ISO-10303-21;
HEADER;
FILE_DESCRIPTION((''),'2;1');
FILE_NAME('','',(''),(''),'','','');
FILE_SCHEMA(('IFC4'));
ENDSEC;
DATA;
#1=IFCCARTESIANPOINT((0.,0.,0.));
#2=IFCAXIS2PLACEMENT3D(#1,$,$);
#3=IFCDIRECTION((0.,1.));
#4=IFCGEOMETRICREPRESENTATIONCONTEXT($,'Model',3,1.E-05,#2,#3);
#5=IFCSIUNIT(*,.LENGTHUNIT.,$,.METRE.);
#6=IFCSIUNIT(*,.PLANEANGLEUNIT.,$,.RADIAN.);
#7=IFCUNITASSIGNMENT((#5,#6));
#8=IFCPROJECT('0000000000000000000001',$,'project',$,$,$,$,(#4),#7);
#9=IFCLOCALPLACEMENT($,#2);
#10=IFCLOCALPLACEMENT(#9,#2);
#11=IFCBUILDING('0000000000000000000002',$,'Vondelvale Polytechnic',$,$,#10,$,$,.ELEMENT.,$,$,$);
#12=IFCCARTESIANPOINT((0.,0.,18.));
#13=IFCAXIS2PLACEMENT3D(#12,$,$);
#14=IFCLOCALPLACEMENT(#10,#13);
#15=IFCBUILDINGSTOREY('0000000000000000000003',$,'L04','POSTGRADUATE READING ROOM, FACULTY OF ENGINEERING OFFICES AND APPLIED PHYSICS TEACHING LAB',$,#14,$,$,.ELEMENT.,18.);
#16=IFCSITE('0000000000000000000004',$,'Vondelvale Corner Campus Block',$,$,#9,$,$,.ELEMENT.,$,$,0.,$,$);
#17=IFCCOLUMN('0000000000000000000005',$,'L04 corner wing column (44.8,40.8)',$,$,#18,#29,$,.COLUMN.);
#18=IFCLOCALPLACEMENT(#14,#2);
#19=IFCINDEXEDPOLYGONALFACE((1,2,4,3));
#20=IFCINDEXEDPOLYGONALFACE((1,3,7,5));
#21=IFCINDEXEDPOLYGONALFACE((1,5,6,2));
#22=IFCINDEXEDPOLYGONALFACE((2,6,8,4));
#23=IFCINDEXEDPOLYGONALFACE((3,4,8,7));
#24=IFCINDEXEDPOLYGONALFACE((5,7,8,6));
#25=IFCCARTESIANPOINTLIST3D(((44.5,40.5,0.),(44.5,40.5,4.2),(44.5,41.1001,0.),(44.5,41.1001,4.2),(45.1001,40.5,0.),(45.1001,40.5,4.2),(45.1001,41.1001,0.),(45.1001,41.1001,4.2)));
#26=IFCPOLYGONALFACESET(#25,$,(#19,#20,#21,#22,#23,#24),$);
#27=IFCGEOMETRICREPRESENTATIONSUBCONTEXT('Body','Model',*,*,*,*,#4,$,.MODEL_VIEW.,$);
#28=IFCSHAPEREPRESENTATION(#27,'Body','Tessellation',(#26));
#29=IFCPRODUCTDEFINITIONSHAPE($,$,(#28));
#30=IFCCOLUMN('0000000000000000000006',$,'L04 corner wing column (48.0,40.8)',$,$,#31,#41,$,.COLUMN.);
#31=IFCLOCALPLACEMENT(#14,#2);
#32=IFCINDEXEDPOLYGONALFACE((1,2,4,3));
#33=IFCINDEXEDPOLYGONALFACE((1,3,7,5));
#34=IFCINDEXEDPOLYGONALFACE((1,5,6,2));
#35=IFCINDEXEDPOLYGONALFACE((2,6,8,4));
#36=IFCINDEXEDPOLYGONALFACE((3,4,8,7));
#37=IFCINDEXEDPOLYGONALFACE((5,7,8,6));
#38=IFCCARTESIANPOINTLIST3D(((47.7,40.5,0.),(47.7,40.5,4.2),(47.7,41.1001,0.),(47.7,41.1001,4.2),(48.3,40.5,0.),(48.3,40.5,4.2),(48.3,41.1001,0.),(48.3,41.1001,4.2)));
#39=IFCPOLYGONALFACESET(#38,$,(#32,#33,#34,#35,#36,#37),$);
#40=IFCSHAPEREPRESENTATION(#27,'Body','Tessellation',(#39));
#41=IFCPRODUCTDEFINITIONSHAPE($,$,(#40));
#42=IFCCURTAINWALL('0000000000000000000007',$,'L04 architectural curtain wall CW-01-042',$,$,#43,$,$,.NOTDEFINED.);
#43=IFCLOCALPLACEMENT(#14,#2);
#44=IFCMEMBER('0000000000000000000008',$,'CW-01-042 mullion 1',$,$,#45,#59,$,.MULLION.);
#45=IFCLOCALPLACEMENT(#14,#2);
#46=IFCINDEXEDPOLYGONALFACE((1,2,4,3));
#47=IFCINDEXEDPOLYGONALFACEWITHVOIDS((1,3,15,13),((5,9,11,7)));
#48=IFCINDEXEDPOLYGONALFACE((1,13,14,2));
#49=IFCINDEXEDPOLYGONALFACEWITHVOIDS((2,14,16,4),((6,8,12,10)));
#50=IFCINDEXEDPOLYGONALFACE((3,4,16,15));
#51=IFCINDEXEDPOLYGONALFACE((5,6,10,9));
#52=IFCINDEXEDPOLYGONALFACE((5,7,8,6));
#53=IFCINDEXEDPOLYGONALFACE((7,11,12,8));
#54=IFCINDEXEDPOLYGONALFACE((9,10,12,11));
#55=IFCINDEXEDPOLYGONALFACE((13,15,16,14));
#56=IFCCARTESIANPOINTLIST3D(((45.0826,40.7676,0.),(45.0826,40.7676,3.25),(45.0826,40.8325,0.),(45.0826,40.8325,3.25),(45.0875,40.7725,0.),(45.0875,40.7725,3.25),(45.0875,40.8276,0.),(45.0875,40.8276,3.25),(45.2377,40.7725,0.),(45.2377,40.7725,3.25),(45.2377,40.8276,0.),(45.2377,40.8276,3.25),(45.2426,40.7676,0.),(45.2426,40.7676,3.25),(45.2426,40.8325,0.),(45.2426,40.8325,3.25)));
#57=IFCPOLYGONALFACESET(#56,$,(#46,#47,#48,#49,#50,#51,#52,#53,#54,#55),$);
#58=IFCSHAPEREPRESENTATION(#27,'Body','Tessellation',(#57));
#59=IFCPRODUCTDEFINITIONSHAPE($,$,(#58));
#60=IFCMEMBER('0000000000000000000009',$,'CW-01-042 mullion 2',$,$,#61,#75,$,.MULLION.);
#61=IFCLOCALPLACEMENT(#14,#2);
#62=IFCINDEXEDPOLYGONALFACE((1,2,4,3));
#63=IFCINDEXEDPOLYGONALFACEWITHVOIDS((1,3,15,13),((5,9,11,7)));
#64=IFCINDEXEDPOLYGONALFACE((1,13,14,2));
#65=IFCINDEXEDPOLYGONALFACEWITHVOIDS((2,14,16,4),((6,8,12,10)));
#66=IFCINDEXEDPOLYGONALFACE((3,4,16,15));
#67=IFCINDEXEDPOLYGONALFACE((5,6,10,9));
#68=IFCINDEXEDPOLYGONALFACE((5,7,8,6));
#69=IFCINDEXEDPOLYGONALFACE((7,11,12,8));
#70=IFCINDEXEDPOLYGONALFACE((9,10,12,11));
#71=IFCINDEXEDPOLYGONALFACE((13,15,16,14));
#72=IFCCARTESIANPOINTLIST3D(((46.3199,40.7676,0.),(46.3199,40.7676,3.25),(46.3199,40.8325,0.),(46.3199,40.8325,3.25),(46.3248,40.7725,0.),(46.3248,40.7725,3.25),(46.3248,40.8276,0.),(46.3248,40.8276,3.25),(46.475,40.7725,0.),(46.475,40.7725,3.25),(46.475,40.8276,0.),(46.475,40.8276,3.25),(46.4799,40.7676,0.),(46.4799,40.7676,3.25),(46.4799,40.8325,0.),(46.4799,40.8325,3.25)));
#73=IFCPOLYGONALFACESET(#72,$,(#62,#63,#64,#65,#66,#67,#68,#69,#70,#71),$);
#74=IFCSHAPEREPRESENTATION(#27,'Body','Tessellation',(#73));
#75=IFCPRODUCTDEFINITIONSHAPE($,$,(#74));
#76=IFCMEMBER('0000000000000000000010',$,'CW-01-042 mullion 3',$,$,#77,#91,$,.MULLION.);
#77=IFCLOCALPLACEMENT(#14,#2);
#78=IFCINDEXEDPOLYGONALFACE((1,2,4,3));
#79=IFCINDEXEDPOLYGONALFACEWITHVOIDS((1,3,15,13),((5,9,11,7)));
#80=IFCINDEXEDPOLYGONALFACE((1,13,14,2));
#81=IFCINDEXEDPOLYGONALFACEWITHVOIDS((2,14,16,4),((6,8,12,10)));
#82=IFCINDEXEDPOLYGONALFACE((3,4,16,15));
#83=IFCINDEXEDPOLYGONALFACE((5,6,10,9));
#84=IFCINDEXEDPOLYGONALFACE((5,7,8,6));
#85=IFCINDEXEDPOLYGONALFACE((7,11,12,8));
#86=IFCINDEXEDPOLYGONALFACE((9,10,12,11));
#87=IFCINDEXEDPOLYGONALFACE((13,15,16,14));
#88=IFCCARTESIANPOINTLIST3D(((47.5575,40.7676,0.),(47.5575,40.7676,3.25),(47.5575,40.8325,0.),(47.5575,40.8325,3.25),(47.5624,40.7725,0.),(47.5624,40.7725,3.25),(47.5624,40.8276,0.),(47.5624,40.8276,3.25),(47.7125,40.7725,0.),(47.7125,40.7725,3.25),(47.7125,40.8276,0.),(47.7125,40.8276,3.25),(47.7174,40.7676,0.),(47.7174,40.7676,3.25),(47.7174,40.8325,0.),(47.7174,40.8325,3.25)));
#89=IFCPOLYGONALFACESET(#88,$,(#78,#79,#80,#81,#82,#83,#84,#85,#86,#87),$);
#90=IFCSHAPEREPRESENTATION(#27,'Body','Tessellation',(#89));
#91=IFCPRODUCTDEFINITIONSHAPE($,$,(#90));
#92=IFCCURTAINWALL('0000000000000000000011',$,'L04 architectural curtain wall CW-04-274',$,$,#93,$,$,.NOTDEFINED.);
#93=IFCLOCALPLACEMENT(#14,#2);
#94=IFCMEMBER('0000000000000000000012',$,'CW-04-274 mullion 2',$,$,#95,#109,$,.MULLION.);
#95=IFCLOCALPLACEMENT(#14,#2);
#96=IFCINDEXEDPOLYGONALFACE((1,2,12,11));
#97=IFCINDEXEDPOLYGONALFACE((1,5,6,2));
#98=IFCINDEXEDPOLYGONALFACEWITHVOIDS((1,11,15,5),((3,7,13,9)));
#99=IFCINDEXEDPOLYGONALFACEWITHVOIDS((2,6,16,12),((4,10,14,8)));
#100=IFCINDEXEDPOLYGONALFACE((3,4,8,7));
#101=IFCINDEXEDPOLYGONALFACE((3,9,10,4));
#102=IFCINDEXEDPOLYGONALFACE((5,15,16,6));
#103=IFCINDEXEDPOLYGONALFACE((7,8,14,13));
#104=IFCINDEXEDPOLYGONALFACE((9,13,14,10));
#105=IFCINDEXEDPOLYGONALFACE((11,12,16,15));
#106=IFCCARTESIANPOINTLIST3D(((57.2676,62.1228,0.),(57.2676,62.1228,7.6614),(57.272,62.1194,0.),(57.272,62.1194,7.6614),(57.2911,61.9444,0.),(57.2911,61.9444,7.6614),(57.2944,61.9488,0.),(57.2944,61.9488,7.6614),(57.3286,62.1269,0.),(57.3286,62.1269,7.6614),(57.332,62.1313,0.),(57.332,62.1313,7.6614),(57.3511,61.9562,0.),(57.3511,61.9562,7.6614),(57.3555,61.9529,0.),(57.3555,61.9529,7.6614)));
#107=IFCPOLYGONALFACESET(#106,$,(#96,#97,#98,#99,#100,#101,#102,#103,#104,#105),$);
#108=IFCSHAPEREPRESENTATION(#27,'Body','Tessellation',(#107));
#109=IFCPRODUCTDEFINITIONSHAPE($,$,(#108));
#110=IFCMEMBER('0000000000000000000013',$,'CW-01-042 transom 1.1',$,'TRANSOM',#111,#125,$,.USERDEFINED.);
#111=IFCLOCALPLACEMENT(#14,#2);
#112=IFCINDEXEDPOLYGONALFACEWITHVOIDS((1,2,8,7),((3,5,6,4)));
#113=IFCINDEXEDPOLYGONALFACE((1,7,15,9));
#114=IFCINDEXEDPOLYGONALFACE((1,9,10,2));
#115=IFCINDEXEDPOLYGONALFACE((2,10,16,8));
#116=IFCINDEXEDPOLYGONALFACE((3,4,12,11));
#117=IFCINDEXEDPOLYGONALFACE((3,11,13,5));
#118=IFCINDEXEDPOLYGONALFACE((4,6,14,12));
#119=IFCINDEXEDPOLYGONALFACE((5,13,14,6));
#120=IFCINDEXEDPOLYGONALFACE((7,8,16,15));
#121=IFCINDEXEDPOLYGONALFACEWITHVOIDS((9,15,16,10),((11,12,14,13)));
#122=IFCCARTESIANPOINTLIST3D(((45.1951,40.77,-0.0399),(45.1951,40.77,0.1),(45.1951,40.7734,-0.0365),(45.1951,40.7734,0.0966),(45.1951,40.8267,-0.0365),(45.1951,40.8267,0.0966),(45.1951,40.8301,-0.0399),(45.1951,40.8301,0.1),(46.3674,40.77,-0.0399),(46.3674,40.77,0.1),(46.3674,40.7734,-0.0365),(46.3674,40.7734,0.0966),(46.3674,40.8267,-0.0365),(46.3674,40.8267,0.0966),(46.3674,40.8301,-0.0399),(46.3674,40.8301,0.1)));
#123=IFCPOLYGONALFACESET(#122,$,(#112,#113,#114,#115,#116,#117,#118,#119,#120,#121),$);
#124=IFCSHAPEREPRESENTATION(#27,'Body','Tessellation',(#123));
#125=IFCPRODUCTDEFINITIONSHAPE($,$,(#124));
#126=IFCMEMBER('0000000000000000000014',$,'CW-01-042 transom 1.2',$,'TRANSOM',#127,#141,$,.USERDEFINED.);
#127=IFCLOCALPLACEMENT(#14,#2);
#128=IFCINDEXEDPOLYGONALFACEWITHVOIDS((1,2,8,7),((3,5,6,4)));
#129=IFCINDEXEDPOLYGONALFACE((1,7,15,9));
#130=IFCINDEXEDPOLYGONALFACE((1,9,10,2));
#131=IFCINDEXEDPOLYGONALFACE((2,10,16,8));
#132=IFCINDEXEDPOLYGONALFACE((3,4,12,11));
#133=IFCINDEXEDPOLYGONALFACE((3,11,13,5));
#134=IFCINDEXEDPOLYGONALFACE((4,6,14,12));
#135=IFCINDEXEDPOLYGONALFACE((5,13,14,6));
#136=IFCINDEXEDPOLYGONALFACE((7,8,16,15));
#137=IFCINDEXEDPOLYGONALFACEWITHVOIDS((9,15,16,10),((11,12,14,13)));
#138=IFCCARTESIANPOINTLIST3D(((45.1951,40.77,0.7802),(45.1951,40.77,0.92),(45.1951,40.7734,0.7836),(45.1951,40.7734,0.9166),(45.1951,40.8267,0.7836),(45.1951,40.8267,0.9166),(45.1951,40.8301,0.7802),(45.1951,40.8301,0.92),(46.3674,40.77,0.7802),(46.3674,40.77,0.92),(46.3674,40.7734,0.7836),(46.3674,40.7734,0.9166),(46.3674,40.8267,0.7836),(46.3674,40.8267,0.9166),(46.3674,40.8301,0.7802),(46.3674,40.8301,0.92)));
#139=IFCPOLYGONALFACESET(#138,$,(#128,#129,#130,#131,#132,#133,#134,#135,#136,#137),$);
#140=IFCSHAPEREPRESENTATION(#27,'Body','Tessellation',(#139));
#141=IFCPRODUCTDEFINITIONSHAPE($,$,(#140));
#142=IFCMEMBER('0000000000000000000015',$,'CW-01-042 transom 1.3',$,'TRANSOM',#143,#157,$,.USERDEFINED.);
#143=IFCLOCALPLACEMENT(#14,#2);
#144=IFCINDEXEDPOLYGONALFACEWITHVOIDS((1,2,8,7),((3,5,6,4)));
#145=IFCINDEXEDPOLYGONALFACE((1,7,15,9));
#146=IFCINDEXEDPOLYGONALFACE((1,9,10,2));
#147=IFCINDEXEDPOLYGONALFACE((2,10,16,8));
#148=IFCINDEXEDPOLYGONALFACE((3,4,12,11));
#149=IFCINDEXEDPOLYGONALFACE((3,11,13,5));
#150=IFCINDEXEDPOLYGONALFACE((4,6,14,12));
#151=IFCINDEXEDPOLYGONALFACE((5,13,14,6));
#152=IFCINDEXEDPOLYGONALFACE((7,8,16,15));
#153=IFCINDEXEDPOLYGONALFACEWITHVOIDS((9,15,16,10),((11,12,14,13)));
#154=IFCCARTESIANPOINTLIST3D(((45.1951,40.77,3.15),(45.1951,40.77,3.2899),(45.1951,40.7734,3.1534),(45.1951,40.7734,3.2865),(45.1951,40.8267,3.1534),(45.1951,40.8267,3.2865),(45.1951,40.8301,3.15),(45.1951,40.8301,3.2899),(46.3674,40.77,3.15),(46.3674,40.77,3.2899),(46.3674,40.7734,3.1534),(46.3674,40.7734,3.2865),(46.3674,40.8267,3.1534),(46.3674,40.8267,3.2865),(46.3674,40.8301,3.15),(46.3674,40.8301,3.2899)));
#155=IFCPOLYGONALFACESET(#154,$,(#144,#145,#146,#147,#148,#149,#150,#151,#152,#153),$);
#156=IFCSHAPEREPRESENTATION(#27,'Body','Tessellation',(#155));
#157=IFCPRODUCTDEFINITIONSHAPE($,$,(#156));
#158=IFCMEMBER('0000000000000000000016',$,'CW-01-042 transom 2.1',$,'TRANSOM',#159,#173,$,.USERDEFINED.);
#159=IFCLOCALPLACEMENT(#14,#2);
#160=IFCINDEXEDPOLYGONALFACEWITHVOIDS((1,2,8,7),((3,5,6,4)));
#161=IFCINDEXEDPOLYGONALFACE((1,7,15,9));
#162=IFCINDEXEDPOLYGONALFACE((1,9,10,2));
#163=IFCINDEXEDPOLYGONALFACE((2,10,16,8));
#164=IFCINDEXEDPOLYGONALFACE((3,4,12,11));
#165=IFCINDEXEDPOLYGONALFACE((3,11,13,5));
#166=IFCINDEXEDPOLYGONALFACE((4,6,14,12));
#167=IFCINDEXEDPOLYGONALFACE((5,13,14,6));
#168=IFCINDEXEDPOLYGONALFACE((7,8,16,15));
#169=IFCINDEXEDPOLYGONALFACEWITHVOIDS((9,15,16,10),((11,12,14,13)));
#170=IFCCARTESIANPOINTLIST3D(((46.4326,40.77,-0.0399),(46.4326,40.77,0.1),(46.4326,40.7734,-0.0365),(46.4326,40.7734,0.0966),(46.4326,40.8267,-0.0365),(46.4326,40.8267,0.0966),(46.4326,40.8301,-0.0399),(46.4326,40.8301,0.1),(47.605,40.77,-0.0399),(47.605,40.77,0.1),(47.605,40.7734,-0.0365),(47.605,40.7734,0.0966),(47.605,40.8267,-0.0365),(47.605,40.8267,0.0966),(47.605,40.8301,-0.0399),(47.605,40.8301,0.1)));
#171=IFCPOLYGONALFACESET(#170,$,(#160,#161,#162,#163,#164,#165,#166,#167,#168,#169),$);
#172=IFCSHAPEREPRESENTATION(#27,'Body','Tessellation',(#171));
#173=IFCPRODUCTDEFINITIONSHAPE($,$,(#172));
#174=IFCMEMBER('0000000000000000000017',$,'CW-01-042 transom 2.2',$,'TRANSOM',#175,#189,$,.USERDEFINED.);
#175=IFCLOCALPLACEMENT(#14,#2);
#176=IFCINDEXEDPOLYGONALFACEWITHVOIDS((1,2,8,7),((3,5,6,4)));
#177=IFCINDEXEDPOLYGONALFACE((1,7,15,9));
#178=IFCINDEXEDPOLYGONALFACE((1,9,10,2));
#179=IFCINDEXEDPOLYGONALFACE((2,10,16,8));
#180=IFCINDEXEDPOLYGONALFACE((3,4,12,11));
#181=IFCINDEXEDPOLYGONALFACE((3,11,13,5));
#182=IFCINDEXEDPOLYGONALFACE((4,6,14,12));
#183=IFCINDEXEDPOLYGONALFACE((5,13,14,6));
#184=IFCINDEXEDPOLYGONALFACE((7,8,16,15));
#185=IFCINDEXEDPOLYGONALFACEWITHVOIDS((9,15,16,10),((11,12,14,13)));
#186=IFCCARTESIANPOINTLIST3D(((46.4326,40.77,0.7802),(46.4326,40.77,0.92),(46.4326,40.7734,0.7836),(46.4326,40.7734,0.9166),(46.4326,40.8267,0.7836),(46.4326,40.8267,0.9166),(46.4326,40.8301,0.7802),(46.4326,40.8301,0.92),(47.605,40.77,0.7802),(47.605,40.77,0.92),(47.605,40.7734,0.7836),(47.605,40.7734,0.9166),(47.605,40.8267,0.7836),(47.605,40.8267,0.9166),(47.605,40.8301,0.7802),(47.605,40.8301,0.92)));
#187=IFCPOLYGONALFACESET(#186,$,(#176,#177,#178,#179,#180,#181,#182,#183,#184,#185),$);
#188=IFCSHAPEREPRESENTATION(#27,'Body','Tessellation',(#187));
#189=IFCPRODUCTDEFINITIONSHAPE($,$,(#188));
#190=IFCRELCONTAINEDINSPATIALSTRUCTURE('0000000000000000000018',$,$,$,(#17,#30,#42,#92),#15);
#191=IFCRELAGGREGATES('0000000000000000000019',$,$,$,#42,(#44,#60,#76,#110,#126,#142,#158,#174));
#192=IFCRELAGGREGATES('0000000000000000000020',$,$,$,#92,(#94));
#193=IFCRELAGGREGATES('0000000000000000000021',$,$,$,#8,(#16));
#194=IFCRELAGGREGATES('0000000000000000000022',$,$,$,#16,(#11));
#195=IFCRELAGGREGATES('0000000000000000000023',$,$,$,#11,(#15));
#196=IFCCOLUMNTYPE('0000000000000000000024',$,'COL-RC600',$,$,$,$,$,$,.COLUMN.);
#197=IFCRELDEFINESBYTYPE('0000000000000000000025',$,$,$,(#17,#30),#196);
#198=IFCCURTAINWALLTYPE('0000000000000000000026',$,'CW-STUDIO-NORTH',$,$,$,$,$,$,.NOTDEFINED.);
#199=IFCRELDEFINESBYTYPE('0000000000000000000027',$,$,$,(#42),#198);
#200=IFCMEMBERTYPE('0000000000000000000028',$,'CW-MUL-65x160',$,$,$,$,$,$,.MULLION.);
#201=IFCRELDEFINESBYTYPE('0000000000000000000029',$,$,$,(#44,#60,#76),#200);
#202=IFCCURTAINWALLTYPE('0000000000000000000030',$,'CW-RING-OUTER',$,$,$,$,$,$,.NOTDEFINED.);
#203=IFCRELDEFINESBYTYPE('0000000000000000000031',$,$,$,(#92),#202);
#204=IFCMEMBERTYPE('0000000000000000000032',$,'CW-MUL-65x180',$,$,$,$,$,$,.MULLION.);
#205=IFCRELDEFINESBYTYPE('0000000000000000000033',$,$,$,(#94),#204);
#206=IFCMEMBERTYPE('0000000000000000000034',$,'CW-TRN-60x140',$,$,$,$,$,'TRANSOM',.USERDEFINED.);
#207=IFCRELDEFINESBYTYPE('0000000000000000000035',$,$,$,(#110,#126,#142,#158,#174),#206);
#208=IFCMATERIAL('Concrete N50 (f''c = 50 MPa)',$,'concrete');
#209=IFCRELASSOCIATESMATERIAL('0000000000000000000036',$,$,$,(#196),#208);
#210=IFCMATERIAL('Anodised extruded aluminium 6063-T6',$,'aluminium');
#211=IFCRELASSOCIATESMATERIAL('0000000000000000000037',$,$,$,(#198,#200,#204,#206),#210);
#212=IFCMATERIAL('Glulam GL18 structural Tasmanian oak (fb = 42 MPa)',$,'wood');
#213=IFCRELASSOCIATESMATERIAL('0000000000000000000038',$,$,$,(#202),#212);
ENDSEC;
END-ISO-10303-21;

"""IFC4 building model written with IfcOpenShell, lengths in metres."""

from ifc_helpers import new_model, si_unit, direction, frame, origin, origin_2d, place, context, subcontext, project, spatial, rectangle, hollow_rectangle, extrude, material, material_profile, profile_set, type_object, element, aggregate, save


model = new_model("IFC4")

# Units and contexts
model_context = context("Model", 3, precision=1e-05, world=origin(), true_north=direction((0.0, 1.0)))
body_context = subcontext(model_context, "Body", "Model", "MODEL_VIEW")
ifc_project = project(units=[si_unit("LENGTHUNIT", "METRE"), si_unit("PLANEANGLEUNIT", "RADIAN")], contexts=[model_context])

# Site, building, storey
site_placement = place(None, origin())
site = spatial("IfcSite", under=ifc_project, at=site_placement, Name="Vondelvale Corner Campus Block", CompositionType="ELEMENT", RefElevation=0.0)
building_placement = place(site_placement, origin())
building = spatial("IfcBuilding", under=site, at=building_placement, Name="Vondelvale Polytechnic", CompositionType="ELEMENT")
storey_placement = place(building_placement, frame((0.0, 0.0, 18.0)))
storey = spatial("IfcBuildingStorey", under=building, at=storey_placement, Name="L04", Description="POSTGRADUATE READING ROOM, FACULTY OF ENGINEERING OFFICES AND APPLIED PHYSICS TEACHING LAB", CompositionType="ELEMENT", Elevation=18.0)

# Columns
ifc_material_1 = material(Name="Concrete N50 (f'c = 50 MPa)", Category="concrete")
ifc_material_profile_1 = material_profile(ifc_material_1, rectangle(XDim=0.6001, YDim=0.6001, at=origin_2d()), Name="RC-COL-600x600")
ifc_profile_set_1 = profile_set([ifc_material_profile_1], Name="Concrete N50 (f'c = 50 MPa)")
column_type = type_object("IfcColumnType", Name="COL-RC600", PredefinedType="COLUMN", material=ifc_profile_set_1)
for number, where, z_axis, x_axis, name in (
    (1, (44.8, 40.8, 0.0), (0.0, 0.0, 1.0), (1.0, 0.0, 0.0), "L04 corner wing column (44.8,40.8)"),
    (2, (48.0, 40.8, 0.0), (0.0, 0.0, 1.0), (1.0, 0.0, 0.0), "L04 corner wing column (48.0,40.8)"),
):
    element("IfcColumn", number, at=place(storey_placement, frame(where, z_axis=z_axis, x_axis=x_axis)), inside=storey, type_object=column_type, Name=name, PredefinedType="COLUMN", context=body_context, shape_type="SweptSolid", body=[
        extrude(rectangle(XDim=0.6001, YDim=0.6001, at=origin_2d()), origin(), (0.0, 0.0, 1.0), 4.2),
    ])

# Curtain wall, members
ifc_material_2 = material(Name="Anodised extruded aluminium 6063-T6", Category="aluminium")
curtain_wall_type_1 = type_object("IfcCurtainWallType", Name="CW-STUDIO-NORTH", PredefinedType="NOTDEFINED", material=ifc_material_2)
curtain_wall_1_placement = place(storey_placement, origin())
curtain_wall_1 = element("IfcCurtainWall", 3, at=curtain_wall_1_placement, inside=storey, type_object=curtain_wall_type_1, Name="L04 architectural curtain wall CW-01-042", PredefinedType="NOTDEFINED")
ifc_material_profile_2 = material_profile(ifc_material_2, hollow_rectangle(XDim=0.0649, YDim=0.1599, WallThickness=0.0049, at=origin_2d()), Name="CW-MUL-160x65")
ifc_profile_set_2 = profile_set([ifc_material_profile_2], Name="Anodised extruded aluminium 6063-T6")
member_type_1 = type_object("IfcMemberType", Name="CW-MUL-65x160", PredefinedType="MULLION", material=ifc_profile_set_2)
member_1_placement = place(storey_placement, frame((45.1626, 40.8, 0.0), z_axis=(0.0, 0.0, 1.0), x_axis=(0.0, 1.0, 0.0)))
member_1 = element("IfcMember", 4, at=member_1_placement, type_object=member_type_1, Name="CW-01-042 mullion 1", PredefinedType="MULLION", context=body_context, shape_type="SweptSolid", body=[
    extrude(hollow_rectangle(XDim=0.0649, YDim=0.1599, WallThickness=0.0049, at=origin_2d()), origin(), (0.0, 0.0, 1.0), 3.25),
])
member_2_placement = place(storey_placement, frame((46.3999, 40.8, 0.0), z_axis=(0.0, 0.0, 1.0), x_axis=(0.0, 1.0, 0.0)))
member_2 = element("IfcMember", 5, at=member_2_placement, type_object=member_type_1, Name="CW-01-042 mullion 2", PredefinedType="MULLION", context=body_context, shape_type="SweptSolid", body=[
    extrude(hollow_rectangle(XDim=0.0649, YDim=0.1599, WallThickness=0.0049, at=origin_2d()), origin(), (0.0, 0.0, 1.0), 3.25),
])
member_3_placement = place(storey_placement, frame((47.6375, 40.8, 0.0), z_axis=(0.0, 0.0, 1.0), x_axis=(0.0, 1.0, 0.0)))
member_3 = element("IfcMember", 6, at=member_3_placement, type_object=member_type_1, Name="CW-01-042 mullion 3", PredefinedType="MULLION", context=body_context, shape_type="SweptSolid", body=[
    extrude(hollow_rectangle(XDim=0.0649, YDim=0.1599, WallThickness=0.0049, at=origin_2d()), origin(), (0.0, 0.0, 1.0), 3.25),
])

# Curtain wall, member
ifc_material_3 = material(Name="Glulam GL18 structural Tasmanian oak (fb = 42 MPa)", Category="wood")
curtain_wall_type_2 = type_object("IfcCurtainWallType", Name="CW-RING-OUTER", PredefinedType="NOTDEFINED", material=ifc_material_3)
curtain_wall_2_placement = place(storey_placement, origin())
curtain_wall_2 = element("IfcCurtainWall", 7, at=curtain_wall_2_placement, inside=storey, type_object=curtain_wall_type_2, Name="L04 architectural curtain wall CW-04-274", PredefinedType="NOTDEFINED")
ifc_material_profile_3 = material_profile(ifc_material_2, hollow_rectangle(XDim=0.0649, YDim=0.1799, WallThickness=0.0039, at=origin_2d()), Name="CW-MUL-180x65")
ifc_profile_set_3 = profile_set([ifc_material_profile_3], Name="Anodised extruded aluminium 6063-T6")
member_type_2 = type_object("IfcMemberType", Name="CW-MUL-65x180", PredefinedType="MULLION", material=ifc_profile_set_3)
member_4_placement = place(storey_placement, frame((57.3115, 62.0378, 0.0), z_axis=(0.0, 0.0, 1.0), x_axis=(0.991443, 0.13054, 0.0)))
member_4 = element("IfcMember", 8, at=member_4_placement, type_object=member_type_2, Name="CW-04-274 mullion 2", PredefinedType="MULLION", context=body_context, shape_type="SweptSolid", body=[
    extrude(hollow_rectangle(XDim=0.0649, YDim=0.1799, WallThickness=0.0039, at=origin_2d()), origin(), (0.0, 0.0, 1.0), 7.6614),
])

# Members
ifc_material_profile_4 = material_profile(ifc_material_2, hollow_rectangle(XDim=0.0601, YDim=0.1399, WallThickness=0.0034, at=origin_2d()), Name="CW-TRN-140x60")
ifc_profile_set_4 = profile_set([ifc_material_profile_4], Name="Anodised extruded aluminium 6063-T6")
member_type_3 = type_object("IfcMemberType", Name="CW-TRN-60x140", ElementType="TRANSOM", PredefinedType="USERDEFINED", material=ifc_profile_set_4)
member_5_placement = place(storey_placement, frame((45.1951, 40.8, 0.03), z_axis=(1.0, 0.0, 0.0), x_axis=(0.0, 1.0, 0.0)))
member_5 = element("IfcMember", 9, at=member_5_placement, type_object=member_type_3, Name="CW-01-042 transom 1.1", ObjectType="TRANSOM", PredefinedType="USERDEFINED", context=body_context, shape_type="SweptSolid", body=[
    extrude(hollow_rectangle(XDim=0.0601, YDim=0.1399, WallThickness=0.0034, at=origin_2d()), origin(), (0.0, 0.0, 1.0), 1.1724),
])
member_6_placement = place(storey_placement, frame((45.1951, 40.8, 0.8501), z_axis=(1.0, 0.0, 0.0), x_axis=(0.0, 1.0, 0.0)))
member_6 = element("IfcMember", 10, at=member_6_placement, type_object=member_type_3, Name="CW-01-042 transom 1.2", ObjectType="TRANSOM", PredefinedType="USERDEFINED", context=body_context, shape_type="SweptSolid", body=[
    extrude(hollow_rectangle(XDim=0.0601, YDim=0.1399, WallThickness=0.0034, at=origin_2d()), origin(), (0.0, 0.0, 1.0), 1.1724),
])
member_7_placement = place(storey_placement, frame((45.1951, 40.8, 3.22), z_axis=(1.0, 0.0, 0.0), x_axis=(0.0, 1.0, 0.0)))
member_7 = element("IfcMember", 11, at=member_7_placement, type_object=member_type_3, Name="CW-01-042 transom 1.3", ObjectType="TRANSOM", PredefinedType="USERDEFINED", context=body_context, shape_type="SweptSolid", body=[
    extrude(hollow_rectangle(XDim=0.0601, YDim=0.1399, WallThickness=0.0034, at=origin_2d()), origin(), (0.0, 0.0, 1.0), 1.1724),
])
member_8_placement = place(storey_placement, frame((46.4326, 40.8, 0.03), z_axis=(1.0, 0.0, 0.0), x_axis=(0.0, 1.0, 0.0)))
member_8 = element("IfcMember", 12, at=member_8_placement, type_object=member_type_3, Name="CW-01-042 transom 2.1", ObjectType="TRANSOM", PredefinedType="USERDEFINED", context=body_context, shape_type="SweptSolid", body=[
    extrude(hollow_rectangle(XDim=0.0601, YDim=0.1399, WallThickness=0.0034, at=origin_2d()), origin(), (0.0, 0.0, 1.0), 1.1724),
])
member_9_placement = place(storey_placement, frame((46.4326, 40.8, 0.8501), z_axis=(1.0, 0.0, 0.0), x_axis=(0.0, 1.0, 0.0)))
member_9 = element("IfcMember", 13, at=member_9_placement, type_object=member_type_3, Name="CW-01-042 transom 2.2", ObjectType="TRANSOM", PredefinedType="USERDEFINED", context=body_context, shape_type="SweptSolid", body=[
    extrude(hollow_rectangle(XDim=0.0601, YDim=0.1399, WallThickness=0.0034, at=origin_2d()), origin(), (0.0, 0.0, 1.0), 1.1724),
])

aggregate(curtain_wall_1, [member_1, member_2, member_3, member_5, member_6, member_7, member_8, member_9])
aggregate(curtain_wall_2, [member_4])

save(model, "model.ifc")
